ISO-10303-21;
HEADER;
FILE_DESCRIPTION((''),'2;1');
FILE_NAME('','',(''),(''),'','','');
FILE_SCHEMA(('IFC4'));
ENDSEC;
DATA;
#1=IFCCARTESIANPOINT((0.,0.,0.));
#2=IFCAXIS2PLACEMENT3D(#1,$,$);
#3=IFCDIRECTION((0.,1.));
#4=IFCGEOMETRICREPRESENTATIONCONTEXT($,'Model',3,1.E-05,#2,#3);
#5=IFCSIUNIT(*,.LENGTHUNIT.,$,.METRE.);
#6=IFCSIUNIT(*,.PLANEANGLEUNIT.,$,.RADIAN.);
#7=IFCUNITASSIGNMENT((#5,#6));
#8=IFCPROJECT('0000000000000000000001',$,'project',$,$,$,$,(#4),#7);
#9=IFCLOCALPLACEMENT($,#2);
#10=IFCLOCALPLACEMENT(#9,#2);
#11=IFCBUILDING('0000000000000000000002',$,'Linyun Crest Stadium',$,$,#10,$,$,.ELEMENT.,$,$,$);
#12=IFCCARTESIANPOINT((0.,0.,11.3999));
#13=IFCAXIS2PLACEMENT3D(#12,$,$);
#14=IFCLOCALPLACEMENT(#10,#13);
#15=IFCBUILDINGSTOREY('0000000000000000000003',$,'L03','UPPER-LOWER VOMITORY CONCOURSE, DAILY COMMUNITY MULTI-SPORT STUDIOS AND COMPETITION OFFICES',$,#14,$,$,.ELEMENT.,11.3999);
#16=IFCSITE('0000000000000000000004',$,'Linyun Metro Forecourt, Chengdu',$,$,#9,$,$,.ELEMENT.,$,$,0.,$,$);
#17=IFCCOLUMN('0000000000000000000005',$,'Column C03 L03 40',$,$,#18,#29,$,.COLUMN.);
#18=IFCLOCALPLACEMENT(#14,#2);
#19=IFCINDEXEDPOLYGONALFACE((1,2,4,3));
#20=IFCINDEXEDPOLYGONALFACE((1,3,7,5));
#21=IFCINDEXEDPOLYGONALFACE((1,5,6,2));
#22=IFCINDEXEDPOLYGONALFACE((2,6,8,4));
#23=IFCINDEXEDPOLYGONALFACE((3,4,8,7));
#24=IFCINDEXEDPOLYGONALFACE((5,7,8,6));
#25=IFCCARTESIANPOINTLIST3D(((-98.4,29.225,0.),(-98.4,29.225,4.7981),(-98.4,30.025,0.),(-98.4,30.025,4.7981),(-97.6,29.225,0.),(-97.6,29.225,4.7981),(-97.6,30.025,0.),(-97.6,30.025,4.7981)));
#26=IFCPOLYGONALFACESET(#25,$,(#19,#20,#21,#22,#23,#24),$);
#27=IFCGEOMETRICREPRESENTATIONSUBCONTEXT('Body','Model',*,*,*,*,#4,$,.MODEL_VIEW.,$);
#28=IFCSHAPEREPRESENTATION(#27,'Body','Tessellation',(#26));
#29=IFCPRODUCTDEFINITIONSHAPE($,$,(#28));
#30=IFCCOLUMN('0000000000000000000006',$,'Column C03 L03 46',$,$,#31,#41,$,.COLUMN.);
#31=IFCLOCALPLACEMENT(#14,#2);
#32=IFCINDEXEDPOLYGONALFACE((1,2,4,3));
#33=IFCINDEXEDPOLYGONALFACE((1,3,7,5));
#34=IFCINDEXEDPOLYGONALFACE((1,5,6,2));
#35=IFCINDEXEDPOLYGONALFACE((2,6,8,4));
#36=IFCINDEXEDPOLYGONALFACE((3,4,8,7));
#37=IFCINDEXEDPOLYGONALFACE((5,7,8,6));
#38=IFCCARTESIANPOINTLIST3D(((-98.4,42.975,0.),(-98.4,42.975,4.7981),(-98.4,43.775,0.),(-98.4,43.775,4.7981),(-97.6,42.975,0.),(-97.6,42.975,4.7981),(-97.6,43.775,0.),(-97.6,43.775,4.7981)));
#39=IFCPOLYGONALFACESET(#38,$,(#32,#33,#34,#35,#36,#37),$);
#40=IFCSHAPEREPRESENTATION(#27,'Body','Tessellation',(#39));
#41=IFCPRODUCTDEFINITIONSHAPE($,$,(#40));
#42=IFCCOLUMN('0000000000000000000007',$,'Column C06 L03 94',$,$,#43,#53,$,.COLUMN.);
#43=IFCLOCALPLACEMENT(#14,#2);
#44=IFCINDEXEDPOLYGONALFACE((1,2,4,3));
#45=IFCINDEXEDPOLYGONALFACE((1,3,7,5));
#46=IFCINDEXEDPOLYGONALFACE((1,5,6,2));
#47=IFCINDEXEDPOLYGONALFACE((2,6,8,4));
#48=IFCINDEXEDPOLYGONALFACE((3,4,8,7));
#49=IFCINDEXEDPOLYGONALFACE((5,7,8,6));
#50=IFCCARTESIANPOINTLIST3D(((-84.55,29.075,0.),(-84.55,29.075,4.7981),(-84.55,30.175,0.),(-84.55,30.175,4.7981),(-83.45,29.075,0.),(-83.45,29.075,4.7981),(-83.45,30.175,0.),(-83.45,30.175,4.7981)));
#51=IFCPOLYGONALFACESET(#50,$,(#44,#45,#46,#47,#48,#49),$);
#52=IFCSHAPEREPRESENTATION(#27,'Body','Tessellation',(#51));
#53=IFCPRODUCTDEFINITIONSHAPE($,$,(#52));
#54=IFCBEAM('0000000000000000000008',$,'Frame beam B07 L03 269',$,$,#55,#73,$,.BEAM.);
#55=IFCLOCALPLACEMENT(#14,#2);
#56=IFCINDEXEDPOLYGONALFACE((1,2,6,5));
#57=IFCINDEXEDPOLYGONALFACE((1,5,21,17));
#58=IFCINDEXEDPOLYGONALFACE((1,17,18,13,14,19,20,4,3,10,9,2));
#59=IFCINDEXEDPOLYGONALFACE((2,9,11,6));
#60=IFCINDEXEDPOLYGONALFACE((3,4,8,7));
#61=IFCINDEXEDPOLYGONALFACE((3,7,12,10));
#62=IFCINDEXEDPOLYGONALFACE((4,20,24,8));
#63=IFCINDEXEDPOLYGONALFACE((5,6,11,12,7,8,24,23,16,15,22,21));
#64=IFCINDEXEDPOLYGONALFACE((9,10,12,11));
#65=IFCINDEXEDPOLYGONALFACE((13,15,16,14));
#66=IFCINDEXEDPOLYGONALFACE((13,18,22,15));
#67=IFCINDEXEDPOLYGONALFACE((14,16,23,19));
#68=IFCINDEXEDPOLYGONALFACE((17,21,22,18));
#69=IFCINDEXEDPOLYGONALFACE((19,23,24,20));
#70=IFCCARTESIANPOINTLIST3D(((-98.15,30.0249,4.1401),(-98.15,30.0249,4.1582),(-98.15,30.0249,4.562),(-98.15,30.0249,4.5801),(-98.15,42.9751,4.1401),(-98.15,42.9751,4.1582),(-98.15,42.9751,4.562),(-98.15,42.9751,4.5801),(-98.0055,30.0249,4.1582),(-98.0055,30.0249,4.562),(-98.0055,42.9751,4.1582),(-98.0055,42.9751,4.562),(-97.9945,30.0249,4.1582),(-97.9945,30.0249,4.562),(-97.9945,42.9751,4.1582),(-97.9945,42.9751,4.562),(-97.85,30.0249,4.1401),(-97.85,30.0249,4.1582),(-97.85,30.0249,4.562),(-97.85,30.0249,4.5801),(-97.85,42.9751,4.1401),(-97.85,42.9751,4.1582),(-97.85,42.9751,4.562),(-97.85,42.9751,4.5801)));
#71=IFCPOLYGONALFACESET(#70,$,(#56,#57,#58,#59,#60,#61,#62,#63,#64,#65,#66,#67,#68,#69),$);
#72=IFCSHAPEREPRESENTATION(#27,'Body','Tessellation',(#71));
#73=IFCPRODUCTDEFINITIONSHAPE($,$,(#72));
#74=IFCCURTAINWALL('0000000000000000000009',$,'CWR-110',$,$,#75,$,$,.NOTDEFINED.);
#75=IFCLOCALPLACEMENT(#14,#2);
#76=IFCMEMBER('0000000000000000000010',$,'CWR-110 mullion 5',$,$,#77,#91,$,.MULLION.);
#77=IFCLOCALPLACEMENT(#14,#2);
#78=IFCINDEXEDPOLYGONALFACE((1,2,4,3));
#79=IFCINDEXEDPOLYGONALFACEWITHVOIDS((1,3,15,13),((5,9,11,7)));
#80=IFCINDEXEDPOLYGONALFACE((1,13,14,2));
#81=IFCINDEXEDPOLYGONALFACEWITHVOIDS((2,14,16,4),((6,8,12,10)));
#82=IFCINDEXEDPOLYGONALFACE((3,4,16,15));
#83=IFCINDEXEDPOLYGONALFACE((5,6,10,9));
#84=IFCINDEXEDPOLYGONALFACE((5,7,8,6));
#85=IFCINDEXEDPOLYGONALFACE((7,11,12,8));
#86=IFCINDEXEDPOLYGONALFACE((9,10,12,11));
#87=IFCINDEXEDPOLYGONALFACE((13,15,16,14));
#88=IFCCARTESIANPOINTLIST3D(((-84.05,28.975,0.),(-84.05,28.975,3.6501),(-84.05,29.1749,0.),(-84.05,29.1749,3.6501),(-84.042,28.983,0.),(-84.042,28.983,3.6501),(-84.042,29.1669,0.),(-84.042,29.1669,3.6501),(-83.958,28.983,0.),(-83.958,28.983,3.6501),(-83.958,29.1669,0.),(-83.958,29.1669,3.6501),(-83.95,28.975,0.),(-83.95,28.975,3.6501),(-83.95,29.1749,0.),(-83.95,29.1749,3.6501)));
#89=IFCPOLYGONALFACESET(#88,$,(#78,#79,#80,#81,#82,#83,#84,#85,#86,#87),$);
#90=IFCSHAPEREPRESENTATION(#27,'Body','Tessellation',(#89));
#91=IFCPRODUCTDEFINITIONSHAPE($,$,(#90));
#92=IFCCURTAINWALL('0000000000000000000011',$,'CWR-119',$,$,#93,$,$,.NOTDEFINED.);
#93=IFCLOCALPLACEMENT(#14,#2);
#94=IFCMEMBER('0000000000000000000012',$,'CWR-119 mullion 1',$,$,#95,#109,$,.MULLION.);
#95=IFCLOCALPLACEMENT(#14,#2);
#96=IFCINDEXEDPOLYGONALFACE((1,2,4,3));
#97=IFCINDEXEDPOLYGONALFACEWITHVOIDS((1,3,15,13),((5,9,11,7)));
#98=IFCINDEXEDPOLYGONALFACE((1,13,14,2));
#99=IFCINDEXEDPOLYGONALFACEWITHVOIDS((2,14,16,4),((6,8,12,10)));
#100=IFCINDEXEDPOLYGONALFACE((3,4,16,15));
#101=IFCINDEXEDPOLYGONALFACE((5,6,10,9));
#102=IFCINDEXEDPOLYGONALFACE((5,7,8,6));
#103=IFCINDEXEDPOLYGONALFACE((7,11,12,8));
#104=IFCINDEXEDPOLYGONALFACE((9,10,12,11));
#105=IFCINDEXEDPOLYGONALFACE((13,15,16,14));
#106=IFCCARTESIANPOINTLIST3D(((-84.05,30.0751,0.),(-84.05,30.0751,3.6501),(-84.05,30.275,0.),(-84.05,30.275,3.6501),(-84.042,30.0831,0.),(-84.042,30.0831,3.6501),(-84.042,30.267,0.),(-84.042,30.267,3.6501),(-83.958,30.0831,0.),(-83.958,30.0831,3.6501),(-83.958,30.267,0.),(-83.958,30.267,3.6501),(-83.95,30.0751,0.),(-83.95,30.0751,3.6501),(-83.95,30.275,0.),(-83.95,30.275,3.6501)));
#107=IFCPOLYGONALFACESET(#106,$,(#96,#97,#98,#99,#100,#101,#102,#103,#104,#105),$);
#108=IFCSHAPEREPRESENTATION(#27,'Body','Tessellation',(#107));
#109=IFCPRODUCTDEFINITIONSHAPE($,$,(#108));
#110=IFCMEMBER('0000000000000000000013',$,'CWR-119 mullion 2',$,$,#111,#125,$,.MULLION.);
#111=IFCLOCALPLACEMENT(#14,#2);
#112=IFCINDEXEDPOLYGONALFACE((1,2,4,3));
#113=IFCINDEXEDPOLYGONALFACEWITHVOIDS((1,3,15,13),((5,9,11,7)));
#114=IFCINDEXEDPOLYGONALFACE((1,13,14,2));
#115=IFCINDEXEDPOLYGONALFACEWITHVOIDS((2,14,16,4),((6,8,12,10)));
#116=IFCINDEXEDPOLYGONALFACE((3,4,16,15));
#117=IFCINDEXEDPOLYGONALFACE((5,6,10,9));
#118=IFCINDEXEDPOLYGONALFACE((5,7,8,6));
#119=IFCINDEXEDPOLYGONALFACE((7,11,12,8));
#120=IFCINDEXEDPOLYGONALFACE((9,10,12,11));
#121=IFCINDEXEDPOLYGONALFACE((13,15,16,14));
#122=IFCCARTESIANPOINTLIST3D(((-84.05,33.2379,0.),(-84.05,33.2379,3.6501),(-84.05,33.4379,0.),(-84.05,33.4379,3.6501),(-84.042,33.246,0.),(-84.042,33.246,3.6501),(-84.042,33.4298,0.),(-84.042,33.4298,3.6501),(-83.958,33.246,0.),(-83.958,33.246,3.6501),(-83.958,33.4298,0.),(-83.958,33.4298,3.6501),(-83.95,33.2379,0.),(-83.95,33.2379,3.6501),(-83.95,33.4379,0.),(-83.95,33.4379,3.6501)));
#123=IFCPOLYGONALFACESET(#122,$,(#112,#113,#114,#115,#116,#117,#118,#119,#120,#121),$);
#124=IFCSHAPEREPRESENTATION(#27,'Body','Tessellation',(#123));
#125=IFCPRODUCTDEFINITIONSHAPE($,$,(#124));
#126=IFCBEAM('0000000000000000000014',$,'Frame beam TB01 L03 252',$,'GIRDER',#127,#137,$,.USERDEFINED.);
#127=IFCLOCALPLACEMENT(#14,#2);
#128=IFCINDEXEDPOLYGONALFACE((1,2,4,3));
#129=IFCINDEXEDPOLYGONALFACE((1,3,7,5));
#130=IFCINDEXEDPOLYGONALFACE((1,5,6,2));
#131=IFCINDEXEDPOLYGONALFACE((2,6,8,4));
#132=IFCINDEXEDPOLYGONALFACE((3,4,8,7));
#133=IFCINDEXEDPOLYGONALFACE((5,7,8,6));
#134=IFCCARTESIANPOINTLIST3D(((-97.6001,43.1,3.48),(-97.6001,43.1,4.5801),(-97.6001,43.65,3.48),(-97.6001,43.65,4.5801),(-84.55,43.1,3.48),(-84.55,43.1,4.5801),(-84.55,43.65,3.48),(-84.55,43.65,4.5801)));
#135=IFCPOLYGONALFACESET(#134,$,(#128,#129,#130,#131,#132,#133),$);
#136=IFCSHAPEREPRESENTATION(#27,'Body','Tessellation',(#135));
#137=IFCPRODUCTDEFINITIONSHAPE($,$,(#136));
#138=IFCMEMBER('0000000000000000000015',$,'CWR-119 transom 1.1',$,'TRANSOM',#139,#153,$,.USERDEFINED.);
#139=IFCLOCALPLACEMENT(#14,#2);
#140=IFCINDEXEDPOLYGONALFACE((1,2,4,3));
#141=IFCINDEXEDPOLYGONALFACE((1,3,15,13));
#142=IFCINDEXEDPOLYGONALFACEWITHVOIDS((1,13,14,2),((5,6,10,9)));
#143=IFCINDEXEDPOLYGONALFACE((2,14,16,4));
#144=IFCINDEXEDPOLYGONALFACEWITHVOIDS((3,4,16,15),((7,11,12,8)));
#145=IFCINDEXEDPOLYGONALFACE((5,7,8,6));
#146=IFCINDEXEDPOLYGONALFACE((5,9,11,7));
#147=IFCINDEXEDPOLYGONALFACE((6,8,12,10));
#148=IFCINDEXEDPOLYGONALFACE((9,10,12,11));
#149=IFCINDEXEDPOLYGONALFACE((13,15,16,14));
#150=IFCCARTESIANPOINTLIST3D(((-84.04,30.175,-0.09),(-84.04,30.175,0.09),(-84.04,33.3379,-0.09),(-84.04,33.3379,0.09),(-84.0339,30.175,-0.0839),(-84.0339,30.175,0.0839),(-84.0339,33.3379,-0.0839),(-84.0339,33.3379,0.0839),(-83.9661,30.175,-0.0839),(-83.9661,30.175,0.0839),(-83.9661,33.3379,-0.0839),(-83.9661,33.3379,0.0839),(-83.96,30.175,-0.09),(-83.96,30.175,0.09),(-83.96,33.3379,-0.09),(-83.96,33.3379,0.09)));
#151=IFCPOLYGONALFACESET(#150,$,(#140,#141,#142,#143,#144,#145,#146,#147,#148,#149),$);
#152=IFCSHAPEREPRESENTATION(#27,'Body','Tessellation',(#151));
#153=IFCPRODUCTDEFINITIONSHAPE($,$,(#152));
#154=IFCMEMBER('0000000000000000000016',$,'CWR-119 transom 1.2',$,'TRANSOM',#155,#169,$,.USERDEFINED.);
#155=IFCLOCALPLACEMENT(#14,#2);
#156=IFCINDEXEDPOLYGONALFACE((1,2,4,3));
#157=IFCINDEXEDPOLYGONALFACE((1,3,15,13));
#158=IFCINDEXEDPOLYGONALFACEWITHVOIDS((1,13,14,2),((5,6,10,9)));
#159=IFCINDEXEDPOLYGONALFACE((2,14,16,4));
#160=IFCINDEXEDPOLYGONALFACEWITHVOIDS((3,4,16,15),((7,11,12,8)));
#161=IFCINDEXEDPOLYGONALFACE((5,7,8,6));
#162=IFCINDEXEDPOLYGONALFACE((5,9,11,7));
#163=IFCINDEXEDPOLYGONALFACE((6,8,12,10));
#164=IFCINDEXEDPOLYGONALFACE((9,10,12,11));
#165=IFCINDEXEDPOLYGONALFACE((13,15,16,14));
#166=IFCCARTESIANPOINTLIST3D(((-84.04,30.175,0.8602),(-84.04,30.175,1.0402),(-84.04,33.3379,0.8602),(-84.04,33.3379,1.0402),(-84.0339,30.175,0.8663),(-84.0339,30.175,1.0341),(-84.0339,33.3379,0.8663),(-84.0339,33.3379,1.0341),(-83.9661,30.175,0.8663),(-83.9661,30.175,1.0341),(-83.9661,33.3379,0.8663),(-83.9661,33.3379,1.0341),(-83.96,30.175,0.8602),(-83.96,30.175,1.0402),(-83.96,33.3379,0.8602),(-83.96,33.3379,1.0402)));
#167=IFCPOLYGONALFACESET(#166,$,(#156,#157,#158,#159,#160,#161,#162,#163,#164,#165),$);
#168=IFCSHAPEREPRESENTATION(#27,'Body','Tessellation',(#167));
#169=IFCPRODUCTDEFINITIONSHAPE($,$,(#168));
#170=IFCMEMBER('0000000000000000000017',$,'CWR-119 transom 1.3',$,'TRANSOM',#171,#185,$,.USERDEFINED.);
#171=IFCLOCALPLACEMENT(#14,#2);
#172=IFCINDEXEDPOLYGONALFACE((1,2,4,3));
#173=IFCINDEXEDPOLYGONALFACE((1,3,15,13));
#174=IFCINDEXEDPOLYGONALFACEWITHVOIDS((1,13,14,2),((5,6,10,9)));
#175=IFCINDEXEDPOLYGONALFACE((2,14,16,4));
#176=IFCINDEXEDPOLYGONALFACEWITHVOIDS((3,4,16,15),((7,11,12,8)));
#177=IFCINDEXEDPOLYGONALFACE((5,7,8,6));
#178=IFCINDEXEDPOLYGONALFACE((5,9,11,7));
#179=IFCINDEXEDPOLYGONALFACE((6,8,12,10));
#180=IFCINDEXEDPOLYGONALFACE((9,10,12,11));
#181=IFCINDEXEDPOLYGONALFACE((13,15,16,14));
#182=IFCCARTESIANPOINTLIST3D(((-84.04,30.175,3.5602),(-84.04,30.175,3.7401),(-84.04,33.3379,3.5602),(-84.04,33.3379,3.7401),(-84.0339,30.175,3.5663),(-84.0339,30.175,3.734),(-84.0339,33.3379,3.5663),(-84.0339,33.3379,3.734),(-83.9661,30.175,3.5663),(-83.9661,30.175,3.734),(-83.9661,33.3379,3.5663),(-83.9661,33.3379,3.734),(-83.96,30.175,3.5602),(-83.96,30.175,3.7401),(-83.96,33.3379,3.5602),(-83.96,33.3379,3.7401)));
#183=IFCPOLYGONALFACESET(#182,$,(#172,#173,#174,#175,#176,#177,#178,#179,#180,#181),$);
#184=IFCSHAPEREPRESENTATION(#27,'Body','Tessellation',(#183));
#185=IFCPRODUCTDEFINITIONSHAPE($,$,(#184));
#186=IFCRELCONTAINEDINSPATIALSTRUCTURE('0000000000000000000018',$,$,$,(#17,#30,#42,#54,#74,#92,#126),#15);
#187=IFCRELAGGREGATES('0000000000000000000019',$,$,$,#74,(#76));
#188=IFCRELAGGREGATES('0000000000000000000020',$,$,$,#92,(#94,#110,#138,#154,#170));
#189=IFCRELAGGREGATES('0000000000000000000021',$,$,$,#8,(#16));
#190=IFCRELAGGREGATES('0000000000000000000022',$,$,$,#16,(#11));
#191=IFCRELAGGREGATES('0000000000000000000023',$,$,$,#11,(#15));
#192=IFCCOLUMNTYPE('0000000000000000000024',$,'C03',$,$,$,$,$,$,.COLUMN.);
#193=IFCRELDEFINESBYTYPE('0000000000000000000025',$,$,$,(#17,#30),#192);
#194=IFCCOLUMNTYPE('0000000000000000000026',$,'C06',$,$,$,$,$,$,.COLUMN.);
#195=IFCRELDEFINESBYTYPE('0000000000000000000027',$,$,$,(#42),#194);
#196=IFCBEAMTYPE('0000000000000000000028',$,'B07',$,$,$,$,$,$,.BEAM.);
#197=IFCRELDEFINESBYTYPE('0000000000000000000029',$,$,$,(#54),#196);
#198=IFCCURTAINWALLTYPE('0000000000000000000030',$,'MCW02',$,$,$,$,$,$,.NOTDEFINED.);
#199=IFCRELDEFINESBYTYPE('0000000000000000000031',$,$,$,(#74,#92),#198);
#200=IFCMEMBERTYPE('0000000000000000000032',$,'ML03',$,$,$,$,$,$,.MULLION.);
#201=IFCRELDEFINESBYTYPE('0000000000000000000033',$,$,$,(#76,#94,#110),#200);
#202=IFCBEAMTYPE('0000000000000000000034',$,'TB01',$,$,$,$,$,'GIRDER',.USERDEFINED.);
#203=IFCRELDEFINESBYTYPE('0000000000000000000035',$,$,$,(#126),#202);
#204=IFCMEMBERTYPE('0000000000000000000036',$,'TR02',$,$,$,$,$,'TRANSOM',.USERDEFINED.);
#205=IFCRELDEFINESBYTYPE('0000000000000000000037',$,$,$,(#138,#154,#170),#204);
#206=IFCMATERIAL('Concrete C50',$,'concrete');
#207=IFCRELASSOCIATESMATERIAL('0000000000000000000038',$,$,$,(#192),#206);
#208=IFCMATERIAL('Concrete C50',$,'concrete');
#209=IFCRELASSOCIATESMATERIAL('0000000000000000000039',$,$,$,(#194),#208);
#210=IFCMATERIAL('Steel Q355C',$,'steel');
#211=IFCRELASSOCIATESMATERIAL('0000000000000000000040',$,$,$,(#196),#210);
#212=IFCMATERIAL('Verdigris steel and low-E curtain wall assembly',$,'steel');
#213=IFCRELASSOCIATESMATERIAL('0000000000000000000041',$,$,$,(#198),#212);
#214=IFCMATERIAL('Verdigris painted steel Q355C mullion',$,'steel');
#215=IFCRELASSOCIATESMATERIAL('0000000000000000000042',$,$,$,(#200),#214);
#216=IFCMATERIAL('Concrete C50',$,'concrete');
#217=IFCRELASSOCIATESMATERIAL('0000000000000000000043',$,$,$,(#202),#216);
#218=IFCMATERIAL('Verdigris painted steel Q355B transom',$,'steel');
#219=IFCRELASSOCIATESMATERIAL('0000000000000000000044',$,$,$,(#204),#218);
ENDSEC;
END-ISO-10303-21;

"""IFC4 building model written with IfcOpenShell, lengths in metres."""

from ifc_helpers import new_model, si_unit, direction, frame, origin, origin_2d, place, context, subcontext, project, spatial, rectangle, hollow_rectangle, i_section, extrude, material, material_profile, profile_set, type_object, element, aggregate, save


model = new_model("IFC4")

# Units and contexts
model_context = context("Model", 3, precision=1e-05, world=origin(), true_north=direction((0.0, 1.0)))
body_context = subcontext(model_context, "Body", "Model", "MODEL_VIEW")
ifc_project = project(units=[si_unit("LENGTHUNIT", "METRE"), si_unit("PLANEANGLEUNIT", "RADIAN")], contexts=[model_context])

# Site, building, storey
site_placement = place(None, origin())
site = spatial("IfcSite", under=ifc_project, at=site_placement, Name="Linyun Metro Forecourt, Chengdu", CompositionType="ELEMENT", RefElevation=0.0)
building_placement = place(site_placement, origin())
building = spatial("IfcBuilding", under=site, at=building_placement, Name="Linyun Crest Stadium", CompositionType="ELEMENT")
storey_placement = place(building_placement, frame((0.0, 0.0, 11.3999)))
storey = spatial("IfcBuildingStorey", under=building, at=storey_placement, Name="L03", Description="UPPER-LOWER VOMITORY CONCOURSE, DAILY COMMUNITY MULTI-SPORT STUDIOS AND COMPETITION OFFICES", CompositionType="ELEMENT", Elevation=11.3999)

# Columns
ifc_material_1 = material(Name="Concrete C50", Category="concrete")
ifc_material_profile_1 = material_profile(ifc_material_1, rectangle(XDim=0.8, YDim=0.8, at=origin_2d()), Name="RC 800x800")
ifc_profile_set_1 = profile_set([ifc_material_profile_1], Name="Concrete C50")
column_type_1 = type_object("IfcColumnType", Name="C03", PredefinedType="COLUMN", material=ifc_profile_set_1)
for number, where, z_axis, x_axis, name in (
    (1, (-98.0, 29.625, 0.0), (0.0, 0.0, 1.0), (1.0, 0.0, 0.0), "Column C03 L03 40"),
    (2, (-98.0, 43.375, 0.0), (0.0, 0.0, 1.0), (1.0, 0.0, 0.0), "Column C03 L03 46"),
):
    element("IfcColumn", number, at=place(storey_placement, frame(where, z_axis=z_axis, x_axis=x_axis)), inside=storey, type_object=column_type_1, Name=name, PredefinedType="COLUMN", context=body_context, shape_type="SweptSolid", body=[
        extrude(rectangle(XDim=0.8, YDim=0.8, at=origin_2d()), origin(), (0.0, 0.0, 1.0), 4.7981),
    ])
ifc_material_2 = material(Name="Concrete C50", Category="concrete")
ifc_material_profile_2 = material_profile(ifc_material_2, rectangle(XDim=1.1001, YDim=1.1001, at=origin_2d()), Name="RC 1100x1100")
ifc_profile_set_2 = profile_set([ifc_material_profile_2], Name="Concrete C50")
column_type_2 = type_object("IfcColumnType", Name="C06", PredefinedType="COLUMN", material=ifc_profile_set_2)
column_placement = place(storey_placement, frame((-84.0, 29.625, 0.0), z_axis=(0.0, 0.0, 1.0), x_axis=(1.0, 0.0, 0.0)))
element("IfcColumn", 3, at=column_placement, inside=storey, type_object=column_type_2, Name="Column C06 L03 94", PredefinedType="COLUMN", context=body_context, shape_type="SweptSolid", body=[
    extrude(rectangle(XDim=1.1001, YDim=1.1001, at=origin_2d()), origin(), (0.0, 0.0, 1.0), 4.7981),
])

# Beam
ifc_material_3 = material(Name="Steel Q355C", Category="steel")
ifc_material_profile_3 = material_profile(ifc_material_3, i_section(OverallWidth=0.3, OverallDepth=0.4399, WebThickness=0.011, FlangeThickness=0.0181, at=origin_2d()), Name="HM 440x300")
ifc_profile_set_3 = profile_set([ifc_material_profile_3], Name="Steel Q355C")
beam_type_1 = type_object("IfcBeamType", Name="B07", PredefinedType="BEAM", material=ifc_profile_set_3)
beam_1_placement = place(storey_placement, frame((-98.0, 30.0249, 4.3601), z_axis=(0.0, 1.0, 0.0), x_axis=(-1.0, 0.0, 0.0)))
element("IfcBeam", 4, at=beam_1_placement, inside=storey, type_object=beam_type_1, Name="Frame beam B07 L03 269", PredefinedType="BEAM", context=body_context, shape_type="SweptSolid", body=[
    extrude(i_section(OverallWidth=0.3, OverallDepth=0.4399, WebThickness=0.011, FlangeThickness=0.0181, at=origin_2d()), origin(), (0.0, 0.0, 1.0), 12.9502),
])

# Curtain wall, member
ifc_material_4 = material(Name="Verdigris steel and low-E curtain wall assembly", Category="steel")
curtain_wall_type = type_object("IfcCurtainWallType", Name="MCW02", PredefinedType="NOTDEFINED", material=ifc_material_4)
curtain_wall_1_placement = place(storey_placement, origin())
curtain_wall_1 = element("IfcCurtainWall", 5, at=curtain_wall_1_placement, inside=storey, type_object=curtain_wall_type, Name="CWR-110", PredefinedType="NOTDEFINED")
ifc_material_5 = material(Name="Verdigris painted steel Q355C mullion", Category="steel")
ifc_material_profile_4 = material_profile(ifc_material_5, hollow_rectangle(XDim=0.1001, YDim=0.2, WallThickness=0.0081, at=origin_2d()), Name="RHS 200x100x8")
ifc_profile_set_4 = profile_set([ifc_material_profile_4], Name="Verdigris painted steel Q355C mullion")
member_type_1 = type_object("IfcMemberType", Name="ML03", PredefinedType="MULLION", material=ifc_profile_set_4)
member_1_placement = place(storey_placement, frame((-84.0, 29.075, 0.0), z_axis=(0.0, 0.0, 1.0), x_axis=(-1.0, 0.0, 0.0)))
member_1 = element("IfcMember", 6, at=member_1_placement, type_object=member_type_1, Name="CWR-110 mullion 5", PredefinedType="MULLION", context=body_context, shape_type="SweptSolid", body=[
    extrude(hollow_rectangle(XDim=0.1001, YDim=0.2, WallThickness=0.0081, at=origin_2d()), origin(), (0.0, 0.0, 1.0), 3.6501),
])
aggregate(curtain_wall_1, [member_1])

# Curtain wall, members
curtain_wall_2_placement = place(storey_placement, origin())
curtain_wall_2 = element("IfcCurtainWall", 7, at=curtain_wall_2_placement, inside=storey, type_object=curtain_wall_type, Name="CWR-119", PredefinedType="NOTDEFINED")
member_2_placement = place(storey_placement, frame((-84.0, 30.175, 0.0), z_axis=(0.0, 0.0, 1.0), x_axis=(-1.0, 0.0, 0.0)))
member_2 = element("IfcMember", 8, at=member_2_placement, type_object=member_type_1, Name="CWR-119 mullion 1", PredefinedType="MULLION", context=body_context, shape_type="SweptSolid", body=[
    extrude(hollow_rectangle(XDim=0.1001, YDim=0.2, WallThickness=0.0081, at=origin_2d()), origin(), (0.0, 0.0, 1.0), 3.6501),
])
member_3_placement = place(storey_placement, frame((-84.0, 33.3379, 0.0), z_axis=(0.0, 0.0, 1.0), x_axis=(-1.0, 0.0, 0.0)))
member_3 = element("IfcMember", 9, at=member_3_placement, type_object=member_type_1, Name="CWR-119 mullion 2", PredefinedType="MULLION", context=body_context, shape_type="SweptSolid", body=[
    extrude(hollow_rectangle(XDim=0.1001, YDim=0.2, WallThickness=0.0081, at=origin_2d()), origin(), (0.0, 0.0, 1.0), 3.6501),
])

# Beam
ifc_material_6 = material(Name="Concrete C50", Category="concrete")
ifc_material_profile_5 = material_profile(ifc_material_6, rectangle(XDim=0.55, YDim=1.1001, at=origin_2d()), Name="RCB 1100x550")
ifc_profile_set_5 = profile_set([ifc_material_profile_5], Name="Concrete C50")
beam_type_2 = type_object("IfcBeamType", Name="TB01", ElementType="GIRDER", PredefinedType="USERDEFINED", material=ifc_profile_set_5)
beam_2_placement = place(storey_placement, frame((-97.6001, 43.375, 4.03), z_axis=(1.0, 0.0, 0.0), x_axis=(0.0, 1.0, 0.0)))
element("IfcBeam", 10, at=beam_2_placement, inside=storey, type_object=beam_type_2, Name="Frame beam TB01 L03 252", ObjectType="GIRDER", PredefinedType="USERDEFINED", context=body_context, shape_type="SweptSolid", body=[
    extrude(rectangle(XDim=0.55, YDim=1.1001, at=origin_2d()), origin(), (0.0, 0.0, 1.0), 13.05),
])

# Members
ifc_material_7 = material(Name="Verdigris painted steel Q355B transom", Category="steel")
ifc_material_profile_6 = material_profile(ifc_material_7, hollow_rectangle(XDim=0.0801, YDim=0.1799, WallThickness=0.0061, at=origin_2d()), Name="RHS 180x80x6")
ifc_profile_set_6 = profile_set([ifc_material_profile_6], Name="Verdigris painted steel Q355B transom")
member_type_2 = type_object("IfcMemberType", Name="TR02", ElementType="TRANSOM", PredefinedType="USERDEFINED", material=ifc_profile_set_6)
member_4_placement = place(storey_placement, frame((-84.0, 30.175, 0.0), z_axis=(0.0, 1.0, 0.0), x_axis=(-1.0, 0.0, 0.0)))
member_4 = element("IfcMember", 11, at=member_4_placement, type_object=member_type_2, Name="CWR-119 transom 1.1", ObjectType="TRANSOM", PredefinedType="USERDEFINED", context=body_context, shape_type="SweptSolid", body=[
    extrude(hollow_rectangle(XDim=0.0801, YDim=0.1799, WallThickness=0.0061, at=origin_2d()), origin(), (0.0, 0.0, 1.0), 3.1628),
])
member_5_placement = place(storey_placement, frame((-84.0, 30.175, 0.9502), z_axis=(0.0, 1.0, 0.0), x_axis=(-1.0, 0.0, 0.0)))
member_5 = element("IfcMember", 12, at=member_5_placement, type_object=member_type_2, Name="CWR-119 transom 1.2", ObjectType="TRANSOM", PredefinedType="USERDEFINED", context=body_context, shape_type="SweptSolid", body=[
    extrude(hollow_rectangle(XDim=0.0801, YDim=0.1799, WallThickness=0.0061, at=origin_2d()), origin(), (0.0, 0.0, 1.0), 3.1628),
])
member_6_placement = place(storey_placement, frame((-84.0, 30.175, 3.6501), z_axis=(0.0, 1.0, 0.0), x_axis=(-1.0, 0.0, 0.0)))
member_6 = element("IfcMember", 13, at=member_6_placement, type_object=member_type_2, Name="CWR-119 transom 1.3", ObjectType="TRANSOM", PredefinedType="USERDEFINED", context=body_context, shape_type="SweptSolid", body=[
    extrude(hollow_rectangle(XDim=0.0801, YDim=0.1799, WallThickness=0.0061, at=origin_2d()), origin(), (0.0, 0.0, 1.0), 3.1628),
])

aggregate(curtain_wall_2, [member_2, member_3, member_4, member_5, member_6])

save(model, "model.ifc")
